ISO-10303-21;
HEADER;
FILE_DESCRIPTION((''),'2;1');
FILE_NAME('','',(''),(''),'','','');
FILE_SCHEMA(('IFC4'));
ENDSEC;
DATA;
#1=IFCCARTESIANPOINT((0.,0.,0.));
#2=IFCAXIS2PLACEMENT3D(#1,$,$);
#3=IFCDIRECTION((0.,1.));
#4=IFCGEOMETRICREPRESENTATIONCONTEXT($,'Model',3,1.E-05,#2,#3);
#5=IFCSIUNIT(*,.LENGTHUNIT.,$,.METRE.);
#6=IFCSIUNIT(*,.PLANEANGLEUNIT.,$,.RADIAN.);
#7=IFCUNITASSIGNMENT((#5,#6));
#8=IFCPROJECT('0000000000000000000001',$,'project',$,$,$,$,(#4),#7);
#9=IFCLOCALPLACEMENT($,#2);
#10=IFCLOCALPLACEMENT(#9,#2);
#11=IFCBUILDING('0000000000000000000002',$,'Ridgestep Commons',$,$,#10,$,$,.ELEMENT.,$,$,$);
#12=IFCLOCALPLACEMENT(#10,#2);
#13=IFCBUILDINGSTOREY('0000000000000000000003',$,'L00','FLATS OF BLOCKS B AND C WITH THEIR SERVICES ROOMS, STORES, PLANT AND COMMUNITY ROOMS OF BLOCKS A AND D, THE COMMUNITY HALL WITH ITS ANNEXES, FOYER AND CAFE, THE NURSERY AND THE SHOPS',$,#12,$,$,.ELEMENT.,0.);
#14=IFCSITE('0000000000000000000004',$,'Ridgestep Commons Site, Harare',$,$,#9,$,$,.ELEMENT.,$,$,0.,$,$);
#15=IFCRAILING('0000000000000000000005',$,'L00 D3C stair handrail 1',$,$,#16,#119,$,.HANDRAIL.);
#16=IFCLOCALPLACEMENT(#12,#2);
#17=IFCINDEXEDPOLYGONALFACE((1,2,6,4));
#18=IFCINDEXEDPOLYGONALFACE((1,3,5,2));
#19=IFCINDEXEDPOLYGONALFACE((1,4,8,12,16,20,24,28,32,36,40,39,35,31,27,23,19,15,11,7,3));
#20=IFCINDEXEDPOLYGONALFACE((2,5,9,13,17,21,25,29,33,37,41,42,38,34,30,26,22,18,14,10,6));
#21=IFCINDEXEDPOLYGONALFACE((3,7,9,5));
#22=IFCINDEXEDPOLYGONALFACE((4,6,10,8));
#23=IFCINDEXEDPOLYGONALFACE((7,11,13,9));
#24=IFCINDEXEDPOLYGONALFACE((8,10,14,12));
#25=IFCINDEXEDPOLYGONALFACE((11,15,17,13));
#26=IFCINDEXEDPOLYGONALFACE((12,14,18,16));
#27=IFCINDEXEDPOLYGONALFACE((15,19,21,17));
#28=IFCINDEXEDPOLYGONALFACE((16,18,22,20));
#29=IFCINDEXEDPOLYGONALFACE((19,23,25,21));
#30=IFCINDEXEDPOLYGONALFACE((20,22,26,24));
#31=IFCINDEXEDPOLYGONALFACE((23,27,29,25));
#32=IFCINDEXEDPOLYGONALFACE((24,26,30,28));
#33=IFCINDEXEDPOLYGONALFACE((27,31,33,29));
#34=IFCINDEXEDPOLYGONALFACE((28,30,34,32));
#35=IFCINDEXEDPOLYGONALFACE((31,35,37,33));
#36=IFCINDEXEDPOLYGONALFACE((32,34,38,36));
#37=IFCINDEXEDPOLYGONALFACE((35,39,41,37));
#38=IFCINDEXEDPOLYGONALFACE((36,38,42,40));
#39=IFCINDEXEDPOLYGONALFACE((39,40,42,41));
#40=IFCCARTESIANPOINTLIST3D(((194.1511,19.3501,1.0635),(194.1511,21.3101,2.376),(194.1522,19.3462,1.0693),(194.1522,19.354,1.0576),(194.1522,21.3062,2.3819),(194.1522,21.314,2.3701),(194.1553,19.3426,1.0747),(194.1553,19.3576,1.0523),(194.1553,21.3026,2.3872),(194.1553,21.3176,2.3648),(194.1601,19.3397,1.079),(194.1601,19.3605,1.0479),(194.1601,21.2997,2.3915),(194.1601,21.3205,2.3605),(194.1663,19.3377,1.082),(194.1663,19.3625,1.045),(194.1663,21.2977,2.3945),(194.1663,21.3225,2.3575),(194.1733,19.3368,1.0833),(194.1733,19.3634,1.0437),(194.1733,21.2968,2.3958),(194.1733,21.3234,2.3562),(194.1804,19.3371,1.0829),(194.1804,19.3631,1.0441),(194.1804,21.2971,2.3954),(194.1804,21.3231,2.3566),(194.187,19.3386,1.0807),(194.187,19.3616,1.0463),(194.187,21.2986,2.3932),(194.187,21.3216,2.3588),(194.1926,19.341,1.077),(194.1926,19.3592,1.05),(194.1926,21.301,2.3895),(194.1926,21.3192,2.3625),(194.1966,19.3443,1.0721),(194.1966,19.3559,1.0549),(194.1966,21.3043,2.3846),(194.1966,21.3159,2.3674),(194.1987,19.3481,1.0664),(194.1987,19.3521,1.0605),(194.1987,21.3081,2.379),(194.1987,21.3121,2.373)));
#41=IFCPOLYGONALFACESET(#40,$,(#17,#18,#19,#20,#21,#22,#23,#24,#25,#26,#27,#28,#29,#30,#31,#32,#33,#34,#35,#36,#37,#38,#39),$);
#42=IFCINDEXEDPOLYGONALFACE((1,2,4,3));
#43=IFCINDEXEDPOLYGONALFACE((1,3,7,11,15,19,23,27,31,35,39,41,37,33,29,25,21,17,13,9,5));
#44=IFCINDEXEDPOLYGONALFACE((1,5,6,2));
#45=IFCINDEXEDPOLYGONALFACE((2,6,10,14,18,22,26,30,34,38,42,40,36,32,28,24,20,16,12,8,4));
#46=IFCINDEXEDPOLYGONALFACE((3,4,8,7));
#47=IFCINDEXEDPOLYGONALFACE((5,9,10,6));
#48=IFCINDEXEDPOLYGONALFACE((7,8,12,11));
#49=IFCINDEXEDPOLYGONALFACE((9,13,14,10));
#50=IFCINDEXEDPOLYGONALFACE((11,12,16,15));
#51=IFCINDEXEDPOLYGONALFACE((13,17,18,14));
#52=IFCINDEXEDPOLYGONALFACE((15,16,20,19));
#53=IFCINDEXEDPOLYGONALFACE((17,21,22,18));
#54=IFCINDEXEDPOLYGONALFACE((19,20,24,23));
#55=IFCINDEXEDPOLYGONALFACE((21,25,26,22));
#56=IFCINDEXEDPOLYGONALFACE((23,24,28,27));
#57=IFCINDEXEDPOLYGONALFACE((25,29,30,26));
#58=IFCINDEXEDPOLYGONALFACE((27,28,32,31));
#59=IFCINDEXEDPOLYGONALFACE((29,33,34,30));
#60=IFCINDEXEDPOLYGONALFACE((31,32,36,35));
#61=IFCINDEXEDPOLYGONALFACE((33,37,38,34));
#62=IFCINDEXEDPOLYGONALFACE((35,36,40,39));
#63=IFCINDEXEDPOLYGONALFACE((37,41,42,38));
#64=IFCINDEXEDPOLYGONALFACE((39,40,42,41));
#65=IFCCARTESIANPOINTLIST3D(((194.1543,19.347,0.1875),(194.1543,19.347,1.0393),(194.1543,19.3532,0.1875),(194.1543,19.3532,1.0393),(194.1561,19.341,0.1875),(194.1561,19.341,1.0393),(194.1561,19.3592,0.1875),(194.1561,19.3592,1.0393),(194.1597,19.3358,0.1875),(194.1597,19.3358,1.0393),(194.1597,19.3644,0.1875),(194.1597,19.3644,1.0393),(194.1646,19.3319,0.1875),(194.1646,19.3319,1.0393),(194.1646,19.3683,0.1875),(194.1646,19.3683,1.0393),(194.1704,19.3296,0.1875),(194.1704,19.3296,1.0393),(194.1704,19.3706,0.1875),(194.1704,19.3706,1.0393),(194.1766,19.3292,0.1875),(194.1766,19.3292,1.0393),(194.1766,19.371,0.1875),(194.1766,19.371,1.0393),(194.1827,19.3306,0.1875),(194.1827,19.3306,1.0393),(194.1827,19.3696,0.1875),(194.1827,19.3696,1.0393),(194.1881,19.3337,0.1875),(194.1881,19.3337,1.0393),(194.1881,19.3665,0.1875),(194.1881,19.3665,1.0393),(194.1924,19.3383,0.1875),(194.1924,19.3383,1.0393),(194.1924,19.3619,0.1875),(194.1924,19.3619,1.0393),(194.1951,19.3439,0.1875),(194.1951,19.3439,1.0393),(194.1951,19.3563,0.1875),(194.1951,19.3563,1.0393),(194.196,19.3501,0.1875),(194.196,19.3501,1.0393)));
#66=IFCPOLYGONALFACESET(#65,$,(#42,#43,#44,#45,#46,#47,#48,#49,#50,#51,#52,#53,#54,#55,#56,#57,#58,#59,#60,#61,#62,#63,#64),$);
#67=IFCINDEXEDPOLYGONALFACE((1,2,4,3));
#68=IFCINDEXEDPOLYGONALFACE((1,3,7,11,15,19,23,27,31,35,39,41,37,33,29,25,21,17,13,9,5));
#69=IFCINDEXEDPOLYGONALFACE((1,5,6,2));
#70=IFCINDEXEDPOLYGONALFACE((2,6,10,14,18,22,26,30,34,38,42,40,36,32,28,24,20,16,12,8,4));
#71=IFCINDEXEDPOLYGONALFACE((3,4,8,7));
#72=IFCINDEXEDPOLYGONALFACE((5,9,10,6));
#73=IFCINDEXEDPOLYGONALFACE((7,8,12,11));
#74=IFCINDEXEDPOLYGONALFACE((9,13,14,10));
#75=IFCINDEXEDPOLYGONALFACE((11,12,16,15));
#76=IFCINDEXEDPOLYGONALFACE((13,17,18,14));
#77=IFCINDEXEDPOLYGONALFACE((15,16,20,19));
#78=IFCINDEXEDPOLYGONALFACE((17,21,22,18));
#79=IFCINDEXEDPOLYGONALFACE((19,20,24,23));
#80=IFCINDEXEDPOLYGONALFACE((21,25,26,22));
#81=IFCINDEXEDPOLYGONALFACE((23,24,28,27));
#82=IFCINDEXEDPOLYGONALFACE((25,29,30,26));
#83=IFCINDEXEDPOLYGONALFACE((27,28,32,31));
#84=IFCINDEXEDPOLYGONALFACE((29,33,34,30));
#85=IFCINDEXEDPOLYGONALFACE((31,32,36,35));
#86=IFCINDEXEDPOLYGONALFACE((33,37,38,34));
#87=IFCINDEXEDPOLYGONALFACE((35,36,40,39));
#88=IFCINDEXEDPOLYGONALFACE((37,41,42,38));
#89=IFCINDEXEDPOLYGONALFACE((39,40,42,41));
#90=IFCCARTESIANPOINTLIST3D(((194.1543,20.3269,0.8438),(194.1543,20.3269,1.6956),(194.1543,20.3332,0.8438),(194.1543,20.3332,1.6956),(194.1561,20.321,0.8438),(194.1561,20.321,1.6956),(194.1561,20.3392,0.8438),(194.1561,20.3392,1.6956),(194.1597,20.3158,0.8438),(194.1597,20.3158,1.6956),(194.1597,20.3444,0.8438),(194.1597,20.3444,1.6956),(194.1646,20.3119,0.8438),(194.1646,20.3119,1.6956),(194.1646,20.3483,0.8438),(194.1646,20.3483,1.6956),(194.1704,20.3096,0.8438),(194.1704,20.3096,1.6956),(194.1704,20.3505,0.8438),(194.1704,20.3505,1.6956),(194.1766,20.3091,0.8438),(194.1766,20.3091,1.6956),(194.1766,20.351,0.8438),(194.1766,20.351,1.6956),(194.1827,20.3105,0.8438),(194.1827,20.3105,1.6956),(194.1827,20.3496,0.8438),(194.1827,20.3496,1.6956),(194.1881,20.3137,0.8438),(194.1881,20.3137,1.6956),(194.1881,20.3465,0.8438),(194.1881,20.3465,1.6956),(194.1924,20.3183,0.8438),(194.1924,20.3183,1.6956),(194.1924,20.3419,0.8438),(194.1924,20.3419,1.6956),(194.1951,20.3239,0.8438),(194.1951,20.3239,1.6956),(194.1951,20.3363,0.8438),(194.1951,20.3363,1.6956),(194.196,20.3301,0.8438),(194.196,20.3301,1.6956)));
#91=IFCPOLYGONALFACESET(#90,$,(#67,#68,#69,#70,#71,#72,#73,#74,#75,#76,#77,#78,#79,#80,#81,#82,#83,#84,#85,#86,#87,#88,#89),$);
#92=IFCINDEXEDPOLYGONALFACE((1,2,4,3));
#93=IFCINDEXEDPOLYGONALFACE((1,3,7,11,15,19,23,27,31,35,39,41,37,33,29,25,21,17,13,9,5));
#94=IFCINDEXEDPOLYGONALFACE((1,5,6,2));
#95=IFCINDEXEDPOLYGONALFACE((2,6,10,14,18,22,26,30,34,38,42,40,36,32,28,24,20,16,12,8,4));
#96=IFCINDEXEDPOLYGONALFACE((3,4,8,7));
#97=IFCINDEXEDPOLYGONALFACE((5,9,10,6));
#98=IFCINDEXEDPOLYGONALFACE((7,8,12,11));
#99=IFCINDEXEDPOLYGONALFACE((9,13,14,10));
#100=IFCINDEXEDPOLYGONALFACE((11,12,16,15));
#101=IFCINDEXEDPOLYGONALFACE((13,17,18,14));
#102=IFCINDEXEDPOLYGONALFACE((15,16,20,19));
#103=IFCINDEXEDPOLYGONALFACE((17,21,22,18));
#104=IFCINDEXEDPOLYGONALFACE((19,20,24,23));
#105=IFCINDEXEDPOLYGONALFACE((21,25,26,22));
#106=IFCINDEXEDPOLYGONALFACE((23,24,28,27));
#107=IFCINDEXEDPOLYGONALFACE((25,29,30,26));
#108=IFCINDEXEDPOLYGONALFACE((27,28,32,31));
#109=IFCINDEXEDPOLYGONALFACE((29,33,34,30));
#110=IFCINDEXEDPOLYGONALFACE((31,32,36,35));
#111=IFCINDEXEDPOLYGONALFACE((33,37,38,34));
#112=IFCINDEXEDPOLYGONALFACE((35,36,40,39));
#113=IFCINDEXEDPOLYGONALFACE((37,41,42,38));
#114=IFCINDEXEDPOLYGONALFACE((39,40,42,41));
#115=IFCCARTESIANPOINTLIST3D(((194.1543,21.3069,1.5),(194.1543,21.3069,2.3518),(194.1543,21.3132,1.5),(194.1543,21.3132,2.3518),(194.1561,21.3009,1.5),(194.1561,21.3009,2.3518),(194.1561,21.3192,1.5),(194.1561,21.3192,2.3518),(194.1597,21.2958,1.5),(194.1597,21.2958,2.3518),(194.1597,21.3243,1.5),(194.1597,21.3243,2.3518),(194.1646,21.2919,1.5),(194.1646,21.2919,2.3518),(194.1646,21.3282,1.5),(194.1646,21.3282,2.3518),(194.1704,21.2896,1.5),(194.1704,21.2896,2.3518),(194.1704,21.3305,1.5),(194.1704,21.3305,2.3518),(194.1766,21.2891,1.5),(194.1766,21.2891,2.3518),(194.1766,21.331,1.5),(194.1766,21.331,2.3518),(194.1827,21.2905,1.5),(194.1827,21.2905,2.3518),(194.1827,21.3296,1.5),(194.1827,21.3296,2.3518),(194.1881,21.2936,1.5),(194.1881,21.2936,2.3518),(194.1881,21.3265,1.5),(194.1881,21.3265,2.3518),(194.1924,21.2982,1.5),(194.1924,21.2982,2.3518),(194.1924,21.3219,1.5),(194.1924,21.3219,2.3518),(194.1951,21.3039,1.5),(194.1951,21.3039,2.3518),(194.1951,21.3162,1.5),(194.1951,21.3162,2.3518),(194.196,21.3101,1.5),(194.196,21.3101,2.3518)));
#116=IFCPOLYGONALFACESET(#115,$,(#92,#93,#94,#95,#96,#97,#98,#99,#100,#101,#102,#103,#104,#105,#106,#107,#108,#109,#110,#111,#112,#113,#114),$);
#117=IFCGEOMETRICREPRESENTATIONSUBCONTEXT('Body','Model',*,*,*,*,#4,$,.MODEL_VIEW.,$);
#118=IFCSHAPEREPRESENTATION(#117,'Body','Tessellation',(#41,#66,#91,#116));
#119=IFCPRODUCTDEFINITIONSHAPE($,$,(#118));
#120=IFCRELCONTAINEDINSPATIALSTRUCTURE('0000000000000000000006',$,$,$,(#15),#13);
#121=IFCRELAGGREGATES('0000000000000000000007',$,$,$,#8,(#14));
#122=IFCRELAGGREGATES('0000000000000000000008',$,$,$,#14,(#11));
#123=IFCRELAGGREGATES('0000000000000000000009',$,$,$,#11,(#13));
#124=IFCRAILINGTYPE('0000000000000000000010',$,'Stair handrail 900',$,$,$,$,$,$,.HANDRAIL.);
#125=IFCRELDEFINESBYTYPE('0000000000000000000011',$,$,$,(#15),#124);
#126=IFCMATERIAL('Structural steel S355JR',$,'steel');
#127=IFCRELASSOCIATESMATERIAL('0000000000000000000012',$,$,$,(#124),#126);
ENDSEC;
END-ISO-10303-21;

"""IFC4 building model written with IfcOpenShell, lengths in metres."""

from ifc_helpers import new_model, si_unit, direction, frame, origin, origin_2d, place, context, subcontext, project, spatial, circle, extrude, material, type_object, element, save


model = new_model("IFC4")

# Units and contexts
model_context = context("Model", 3, precision=1e-05, world=origin(), true_north=direction((0.0, 1.0)))
body_context = subcontext(model_context, "Body", "Model", "MODEL_VIEW")
ifc_project = project(units=[si_unit("LENGTHUNIT", "METRE"), si_unit("PLANEANGLEUNIT", "RADIAN")], contexts=[model_context])

# Site, building, storey
site_placement = place(None, origin())
site = spatial("IfcSite", under=ifc_project, at=site_placement, Name="Ridgestep Commons Site, Harare", CompositionType="ELEMENT", RefElevation=0.0)
building_placement = place(site_placement, origin())
building = spatial("IfcBuilding", under=site, at=building_placement, Name="Ridgestep Commons", CompositionType="ELEMENT")
storey_placement = place(building_placement, origin())
storey = spatial("IfcBuildingStorey", under=building, at=storey_placement, Name="L00", Description="FLATS OF BLOCKS B AND C WITH THEIR SERVICES ROOMS, STORES, PLANT AND COMMUNITY ROOMS OF BLOCKS A AND D, THE COMMUNITY HALL WITH ITS ANNEXES, FOYER AND CAFE, THE NURSERY AND THE SHOPS", CompositionType="ELEMENT", Elevation=0.0)

# Railing
ifc_material_1 = material(Name="Structural steel S355JR", Category="steel")
railing_type_1 = type_object("IfcRailingType", Name="Stair handrail 900", PredefinedType="HANDRAIL", material=ifc_material_1)
railing_1_placement = place(storey_placement, frame((194.175, 19.3501, 0.1875)))
element("IfcRailing", 1, at=railing_1_placement, inside=storey, type_object=railing_type_1, Name="L00 D3C stair handrail 1", PredefinedType="HANDRAIL", context=body_context, shape_type="SweptSolid", body=[
    extrude(circle(Radius=0.0239, at=origin_2d()), frame((0.0, 0.0, 0.876), z_axis=(0.0, 0.830902, 0.556419), x_axis=(-1.0, 0.0, 0.0)), (0.0, 0.0, 1.0), 2.3589),
    extrude(circle(Radius=0.021, at=origin_2d()), origin(), (0.0, 0.0, 1.0), 0.8518),
    extrude(circle(Radius=0.021, at=origin_2d()), frame((0.0, 0.98, 0.6562)), (0.0, 0.0, 1.0), 0.8518),
    extrude(circle(Radius=0.021, at=origin_2d()), frame((0.0, 1.96, 1.3125)), (0.0, 0.0, 1.0), 0.8518),
])

save(model, "model.ifc")
